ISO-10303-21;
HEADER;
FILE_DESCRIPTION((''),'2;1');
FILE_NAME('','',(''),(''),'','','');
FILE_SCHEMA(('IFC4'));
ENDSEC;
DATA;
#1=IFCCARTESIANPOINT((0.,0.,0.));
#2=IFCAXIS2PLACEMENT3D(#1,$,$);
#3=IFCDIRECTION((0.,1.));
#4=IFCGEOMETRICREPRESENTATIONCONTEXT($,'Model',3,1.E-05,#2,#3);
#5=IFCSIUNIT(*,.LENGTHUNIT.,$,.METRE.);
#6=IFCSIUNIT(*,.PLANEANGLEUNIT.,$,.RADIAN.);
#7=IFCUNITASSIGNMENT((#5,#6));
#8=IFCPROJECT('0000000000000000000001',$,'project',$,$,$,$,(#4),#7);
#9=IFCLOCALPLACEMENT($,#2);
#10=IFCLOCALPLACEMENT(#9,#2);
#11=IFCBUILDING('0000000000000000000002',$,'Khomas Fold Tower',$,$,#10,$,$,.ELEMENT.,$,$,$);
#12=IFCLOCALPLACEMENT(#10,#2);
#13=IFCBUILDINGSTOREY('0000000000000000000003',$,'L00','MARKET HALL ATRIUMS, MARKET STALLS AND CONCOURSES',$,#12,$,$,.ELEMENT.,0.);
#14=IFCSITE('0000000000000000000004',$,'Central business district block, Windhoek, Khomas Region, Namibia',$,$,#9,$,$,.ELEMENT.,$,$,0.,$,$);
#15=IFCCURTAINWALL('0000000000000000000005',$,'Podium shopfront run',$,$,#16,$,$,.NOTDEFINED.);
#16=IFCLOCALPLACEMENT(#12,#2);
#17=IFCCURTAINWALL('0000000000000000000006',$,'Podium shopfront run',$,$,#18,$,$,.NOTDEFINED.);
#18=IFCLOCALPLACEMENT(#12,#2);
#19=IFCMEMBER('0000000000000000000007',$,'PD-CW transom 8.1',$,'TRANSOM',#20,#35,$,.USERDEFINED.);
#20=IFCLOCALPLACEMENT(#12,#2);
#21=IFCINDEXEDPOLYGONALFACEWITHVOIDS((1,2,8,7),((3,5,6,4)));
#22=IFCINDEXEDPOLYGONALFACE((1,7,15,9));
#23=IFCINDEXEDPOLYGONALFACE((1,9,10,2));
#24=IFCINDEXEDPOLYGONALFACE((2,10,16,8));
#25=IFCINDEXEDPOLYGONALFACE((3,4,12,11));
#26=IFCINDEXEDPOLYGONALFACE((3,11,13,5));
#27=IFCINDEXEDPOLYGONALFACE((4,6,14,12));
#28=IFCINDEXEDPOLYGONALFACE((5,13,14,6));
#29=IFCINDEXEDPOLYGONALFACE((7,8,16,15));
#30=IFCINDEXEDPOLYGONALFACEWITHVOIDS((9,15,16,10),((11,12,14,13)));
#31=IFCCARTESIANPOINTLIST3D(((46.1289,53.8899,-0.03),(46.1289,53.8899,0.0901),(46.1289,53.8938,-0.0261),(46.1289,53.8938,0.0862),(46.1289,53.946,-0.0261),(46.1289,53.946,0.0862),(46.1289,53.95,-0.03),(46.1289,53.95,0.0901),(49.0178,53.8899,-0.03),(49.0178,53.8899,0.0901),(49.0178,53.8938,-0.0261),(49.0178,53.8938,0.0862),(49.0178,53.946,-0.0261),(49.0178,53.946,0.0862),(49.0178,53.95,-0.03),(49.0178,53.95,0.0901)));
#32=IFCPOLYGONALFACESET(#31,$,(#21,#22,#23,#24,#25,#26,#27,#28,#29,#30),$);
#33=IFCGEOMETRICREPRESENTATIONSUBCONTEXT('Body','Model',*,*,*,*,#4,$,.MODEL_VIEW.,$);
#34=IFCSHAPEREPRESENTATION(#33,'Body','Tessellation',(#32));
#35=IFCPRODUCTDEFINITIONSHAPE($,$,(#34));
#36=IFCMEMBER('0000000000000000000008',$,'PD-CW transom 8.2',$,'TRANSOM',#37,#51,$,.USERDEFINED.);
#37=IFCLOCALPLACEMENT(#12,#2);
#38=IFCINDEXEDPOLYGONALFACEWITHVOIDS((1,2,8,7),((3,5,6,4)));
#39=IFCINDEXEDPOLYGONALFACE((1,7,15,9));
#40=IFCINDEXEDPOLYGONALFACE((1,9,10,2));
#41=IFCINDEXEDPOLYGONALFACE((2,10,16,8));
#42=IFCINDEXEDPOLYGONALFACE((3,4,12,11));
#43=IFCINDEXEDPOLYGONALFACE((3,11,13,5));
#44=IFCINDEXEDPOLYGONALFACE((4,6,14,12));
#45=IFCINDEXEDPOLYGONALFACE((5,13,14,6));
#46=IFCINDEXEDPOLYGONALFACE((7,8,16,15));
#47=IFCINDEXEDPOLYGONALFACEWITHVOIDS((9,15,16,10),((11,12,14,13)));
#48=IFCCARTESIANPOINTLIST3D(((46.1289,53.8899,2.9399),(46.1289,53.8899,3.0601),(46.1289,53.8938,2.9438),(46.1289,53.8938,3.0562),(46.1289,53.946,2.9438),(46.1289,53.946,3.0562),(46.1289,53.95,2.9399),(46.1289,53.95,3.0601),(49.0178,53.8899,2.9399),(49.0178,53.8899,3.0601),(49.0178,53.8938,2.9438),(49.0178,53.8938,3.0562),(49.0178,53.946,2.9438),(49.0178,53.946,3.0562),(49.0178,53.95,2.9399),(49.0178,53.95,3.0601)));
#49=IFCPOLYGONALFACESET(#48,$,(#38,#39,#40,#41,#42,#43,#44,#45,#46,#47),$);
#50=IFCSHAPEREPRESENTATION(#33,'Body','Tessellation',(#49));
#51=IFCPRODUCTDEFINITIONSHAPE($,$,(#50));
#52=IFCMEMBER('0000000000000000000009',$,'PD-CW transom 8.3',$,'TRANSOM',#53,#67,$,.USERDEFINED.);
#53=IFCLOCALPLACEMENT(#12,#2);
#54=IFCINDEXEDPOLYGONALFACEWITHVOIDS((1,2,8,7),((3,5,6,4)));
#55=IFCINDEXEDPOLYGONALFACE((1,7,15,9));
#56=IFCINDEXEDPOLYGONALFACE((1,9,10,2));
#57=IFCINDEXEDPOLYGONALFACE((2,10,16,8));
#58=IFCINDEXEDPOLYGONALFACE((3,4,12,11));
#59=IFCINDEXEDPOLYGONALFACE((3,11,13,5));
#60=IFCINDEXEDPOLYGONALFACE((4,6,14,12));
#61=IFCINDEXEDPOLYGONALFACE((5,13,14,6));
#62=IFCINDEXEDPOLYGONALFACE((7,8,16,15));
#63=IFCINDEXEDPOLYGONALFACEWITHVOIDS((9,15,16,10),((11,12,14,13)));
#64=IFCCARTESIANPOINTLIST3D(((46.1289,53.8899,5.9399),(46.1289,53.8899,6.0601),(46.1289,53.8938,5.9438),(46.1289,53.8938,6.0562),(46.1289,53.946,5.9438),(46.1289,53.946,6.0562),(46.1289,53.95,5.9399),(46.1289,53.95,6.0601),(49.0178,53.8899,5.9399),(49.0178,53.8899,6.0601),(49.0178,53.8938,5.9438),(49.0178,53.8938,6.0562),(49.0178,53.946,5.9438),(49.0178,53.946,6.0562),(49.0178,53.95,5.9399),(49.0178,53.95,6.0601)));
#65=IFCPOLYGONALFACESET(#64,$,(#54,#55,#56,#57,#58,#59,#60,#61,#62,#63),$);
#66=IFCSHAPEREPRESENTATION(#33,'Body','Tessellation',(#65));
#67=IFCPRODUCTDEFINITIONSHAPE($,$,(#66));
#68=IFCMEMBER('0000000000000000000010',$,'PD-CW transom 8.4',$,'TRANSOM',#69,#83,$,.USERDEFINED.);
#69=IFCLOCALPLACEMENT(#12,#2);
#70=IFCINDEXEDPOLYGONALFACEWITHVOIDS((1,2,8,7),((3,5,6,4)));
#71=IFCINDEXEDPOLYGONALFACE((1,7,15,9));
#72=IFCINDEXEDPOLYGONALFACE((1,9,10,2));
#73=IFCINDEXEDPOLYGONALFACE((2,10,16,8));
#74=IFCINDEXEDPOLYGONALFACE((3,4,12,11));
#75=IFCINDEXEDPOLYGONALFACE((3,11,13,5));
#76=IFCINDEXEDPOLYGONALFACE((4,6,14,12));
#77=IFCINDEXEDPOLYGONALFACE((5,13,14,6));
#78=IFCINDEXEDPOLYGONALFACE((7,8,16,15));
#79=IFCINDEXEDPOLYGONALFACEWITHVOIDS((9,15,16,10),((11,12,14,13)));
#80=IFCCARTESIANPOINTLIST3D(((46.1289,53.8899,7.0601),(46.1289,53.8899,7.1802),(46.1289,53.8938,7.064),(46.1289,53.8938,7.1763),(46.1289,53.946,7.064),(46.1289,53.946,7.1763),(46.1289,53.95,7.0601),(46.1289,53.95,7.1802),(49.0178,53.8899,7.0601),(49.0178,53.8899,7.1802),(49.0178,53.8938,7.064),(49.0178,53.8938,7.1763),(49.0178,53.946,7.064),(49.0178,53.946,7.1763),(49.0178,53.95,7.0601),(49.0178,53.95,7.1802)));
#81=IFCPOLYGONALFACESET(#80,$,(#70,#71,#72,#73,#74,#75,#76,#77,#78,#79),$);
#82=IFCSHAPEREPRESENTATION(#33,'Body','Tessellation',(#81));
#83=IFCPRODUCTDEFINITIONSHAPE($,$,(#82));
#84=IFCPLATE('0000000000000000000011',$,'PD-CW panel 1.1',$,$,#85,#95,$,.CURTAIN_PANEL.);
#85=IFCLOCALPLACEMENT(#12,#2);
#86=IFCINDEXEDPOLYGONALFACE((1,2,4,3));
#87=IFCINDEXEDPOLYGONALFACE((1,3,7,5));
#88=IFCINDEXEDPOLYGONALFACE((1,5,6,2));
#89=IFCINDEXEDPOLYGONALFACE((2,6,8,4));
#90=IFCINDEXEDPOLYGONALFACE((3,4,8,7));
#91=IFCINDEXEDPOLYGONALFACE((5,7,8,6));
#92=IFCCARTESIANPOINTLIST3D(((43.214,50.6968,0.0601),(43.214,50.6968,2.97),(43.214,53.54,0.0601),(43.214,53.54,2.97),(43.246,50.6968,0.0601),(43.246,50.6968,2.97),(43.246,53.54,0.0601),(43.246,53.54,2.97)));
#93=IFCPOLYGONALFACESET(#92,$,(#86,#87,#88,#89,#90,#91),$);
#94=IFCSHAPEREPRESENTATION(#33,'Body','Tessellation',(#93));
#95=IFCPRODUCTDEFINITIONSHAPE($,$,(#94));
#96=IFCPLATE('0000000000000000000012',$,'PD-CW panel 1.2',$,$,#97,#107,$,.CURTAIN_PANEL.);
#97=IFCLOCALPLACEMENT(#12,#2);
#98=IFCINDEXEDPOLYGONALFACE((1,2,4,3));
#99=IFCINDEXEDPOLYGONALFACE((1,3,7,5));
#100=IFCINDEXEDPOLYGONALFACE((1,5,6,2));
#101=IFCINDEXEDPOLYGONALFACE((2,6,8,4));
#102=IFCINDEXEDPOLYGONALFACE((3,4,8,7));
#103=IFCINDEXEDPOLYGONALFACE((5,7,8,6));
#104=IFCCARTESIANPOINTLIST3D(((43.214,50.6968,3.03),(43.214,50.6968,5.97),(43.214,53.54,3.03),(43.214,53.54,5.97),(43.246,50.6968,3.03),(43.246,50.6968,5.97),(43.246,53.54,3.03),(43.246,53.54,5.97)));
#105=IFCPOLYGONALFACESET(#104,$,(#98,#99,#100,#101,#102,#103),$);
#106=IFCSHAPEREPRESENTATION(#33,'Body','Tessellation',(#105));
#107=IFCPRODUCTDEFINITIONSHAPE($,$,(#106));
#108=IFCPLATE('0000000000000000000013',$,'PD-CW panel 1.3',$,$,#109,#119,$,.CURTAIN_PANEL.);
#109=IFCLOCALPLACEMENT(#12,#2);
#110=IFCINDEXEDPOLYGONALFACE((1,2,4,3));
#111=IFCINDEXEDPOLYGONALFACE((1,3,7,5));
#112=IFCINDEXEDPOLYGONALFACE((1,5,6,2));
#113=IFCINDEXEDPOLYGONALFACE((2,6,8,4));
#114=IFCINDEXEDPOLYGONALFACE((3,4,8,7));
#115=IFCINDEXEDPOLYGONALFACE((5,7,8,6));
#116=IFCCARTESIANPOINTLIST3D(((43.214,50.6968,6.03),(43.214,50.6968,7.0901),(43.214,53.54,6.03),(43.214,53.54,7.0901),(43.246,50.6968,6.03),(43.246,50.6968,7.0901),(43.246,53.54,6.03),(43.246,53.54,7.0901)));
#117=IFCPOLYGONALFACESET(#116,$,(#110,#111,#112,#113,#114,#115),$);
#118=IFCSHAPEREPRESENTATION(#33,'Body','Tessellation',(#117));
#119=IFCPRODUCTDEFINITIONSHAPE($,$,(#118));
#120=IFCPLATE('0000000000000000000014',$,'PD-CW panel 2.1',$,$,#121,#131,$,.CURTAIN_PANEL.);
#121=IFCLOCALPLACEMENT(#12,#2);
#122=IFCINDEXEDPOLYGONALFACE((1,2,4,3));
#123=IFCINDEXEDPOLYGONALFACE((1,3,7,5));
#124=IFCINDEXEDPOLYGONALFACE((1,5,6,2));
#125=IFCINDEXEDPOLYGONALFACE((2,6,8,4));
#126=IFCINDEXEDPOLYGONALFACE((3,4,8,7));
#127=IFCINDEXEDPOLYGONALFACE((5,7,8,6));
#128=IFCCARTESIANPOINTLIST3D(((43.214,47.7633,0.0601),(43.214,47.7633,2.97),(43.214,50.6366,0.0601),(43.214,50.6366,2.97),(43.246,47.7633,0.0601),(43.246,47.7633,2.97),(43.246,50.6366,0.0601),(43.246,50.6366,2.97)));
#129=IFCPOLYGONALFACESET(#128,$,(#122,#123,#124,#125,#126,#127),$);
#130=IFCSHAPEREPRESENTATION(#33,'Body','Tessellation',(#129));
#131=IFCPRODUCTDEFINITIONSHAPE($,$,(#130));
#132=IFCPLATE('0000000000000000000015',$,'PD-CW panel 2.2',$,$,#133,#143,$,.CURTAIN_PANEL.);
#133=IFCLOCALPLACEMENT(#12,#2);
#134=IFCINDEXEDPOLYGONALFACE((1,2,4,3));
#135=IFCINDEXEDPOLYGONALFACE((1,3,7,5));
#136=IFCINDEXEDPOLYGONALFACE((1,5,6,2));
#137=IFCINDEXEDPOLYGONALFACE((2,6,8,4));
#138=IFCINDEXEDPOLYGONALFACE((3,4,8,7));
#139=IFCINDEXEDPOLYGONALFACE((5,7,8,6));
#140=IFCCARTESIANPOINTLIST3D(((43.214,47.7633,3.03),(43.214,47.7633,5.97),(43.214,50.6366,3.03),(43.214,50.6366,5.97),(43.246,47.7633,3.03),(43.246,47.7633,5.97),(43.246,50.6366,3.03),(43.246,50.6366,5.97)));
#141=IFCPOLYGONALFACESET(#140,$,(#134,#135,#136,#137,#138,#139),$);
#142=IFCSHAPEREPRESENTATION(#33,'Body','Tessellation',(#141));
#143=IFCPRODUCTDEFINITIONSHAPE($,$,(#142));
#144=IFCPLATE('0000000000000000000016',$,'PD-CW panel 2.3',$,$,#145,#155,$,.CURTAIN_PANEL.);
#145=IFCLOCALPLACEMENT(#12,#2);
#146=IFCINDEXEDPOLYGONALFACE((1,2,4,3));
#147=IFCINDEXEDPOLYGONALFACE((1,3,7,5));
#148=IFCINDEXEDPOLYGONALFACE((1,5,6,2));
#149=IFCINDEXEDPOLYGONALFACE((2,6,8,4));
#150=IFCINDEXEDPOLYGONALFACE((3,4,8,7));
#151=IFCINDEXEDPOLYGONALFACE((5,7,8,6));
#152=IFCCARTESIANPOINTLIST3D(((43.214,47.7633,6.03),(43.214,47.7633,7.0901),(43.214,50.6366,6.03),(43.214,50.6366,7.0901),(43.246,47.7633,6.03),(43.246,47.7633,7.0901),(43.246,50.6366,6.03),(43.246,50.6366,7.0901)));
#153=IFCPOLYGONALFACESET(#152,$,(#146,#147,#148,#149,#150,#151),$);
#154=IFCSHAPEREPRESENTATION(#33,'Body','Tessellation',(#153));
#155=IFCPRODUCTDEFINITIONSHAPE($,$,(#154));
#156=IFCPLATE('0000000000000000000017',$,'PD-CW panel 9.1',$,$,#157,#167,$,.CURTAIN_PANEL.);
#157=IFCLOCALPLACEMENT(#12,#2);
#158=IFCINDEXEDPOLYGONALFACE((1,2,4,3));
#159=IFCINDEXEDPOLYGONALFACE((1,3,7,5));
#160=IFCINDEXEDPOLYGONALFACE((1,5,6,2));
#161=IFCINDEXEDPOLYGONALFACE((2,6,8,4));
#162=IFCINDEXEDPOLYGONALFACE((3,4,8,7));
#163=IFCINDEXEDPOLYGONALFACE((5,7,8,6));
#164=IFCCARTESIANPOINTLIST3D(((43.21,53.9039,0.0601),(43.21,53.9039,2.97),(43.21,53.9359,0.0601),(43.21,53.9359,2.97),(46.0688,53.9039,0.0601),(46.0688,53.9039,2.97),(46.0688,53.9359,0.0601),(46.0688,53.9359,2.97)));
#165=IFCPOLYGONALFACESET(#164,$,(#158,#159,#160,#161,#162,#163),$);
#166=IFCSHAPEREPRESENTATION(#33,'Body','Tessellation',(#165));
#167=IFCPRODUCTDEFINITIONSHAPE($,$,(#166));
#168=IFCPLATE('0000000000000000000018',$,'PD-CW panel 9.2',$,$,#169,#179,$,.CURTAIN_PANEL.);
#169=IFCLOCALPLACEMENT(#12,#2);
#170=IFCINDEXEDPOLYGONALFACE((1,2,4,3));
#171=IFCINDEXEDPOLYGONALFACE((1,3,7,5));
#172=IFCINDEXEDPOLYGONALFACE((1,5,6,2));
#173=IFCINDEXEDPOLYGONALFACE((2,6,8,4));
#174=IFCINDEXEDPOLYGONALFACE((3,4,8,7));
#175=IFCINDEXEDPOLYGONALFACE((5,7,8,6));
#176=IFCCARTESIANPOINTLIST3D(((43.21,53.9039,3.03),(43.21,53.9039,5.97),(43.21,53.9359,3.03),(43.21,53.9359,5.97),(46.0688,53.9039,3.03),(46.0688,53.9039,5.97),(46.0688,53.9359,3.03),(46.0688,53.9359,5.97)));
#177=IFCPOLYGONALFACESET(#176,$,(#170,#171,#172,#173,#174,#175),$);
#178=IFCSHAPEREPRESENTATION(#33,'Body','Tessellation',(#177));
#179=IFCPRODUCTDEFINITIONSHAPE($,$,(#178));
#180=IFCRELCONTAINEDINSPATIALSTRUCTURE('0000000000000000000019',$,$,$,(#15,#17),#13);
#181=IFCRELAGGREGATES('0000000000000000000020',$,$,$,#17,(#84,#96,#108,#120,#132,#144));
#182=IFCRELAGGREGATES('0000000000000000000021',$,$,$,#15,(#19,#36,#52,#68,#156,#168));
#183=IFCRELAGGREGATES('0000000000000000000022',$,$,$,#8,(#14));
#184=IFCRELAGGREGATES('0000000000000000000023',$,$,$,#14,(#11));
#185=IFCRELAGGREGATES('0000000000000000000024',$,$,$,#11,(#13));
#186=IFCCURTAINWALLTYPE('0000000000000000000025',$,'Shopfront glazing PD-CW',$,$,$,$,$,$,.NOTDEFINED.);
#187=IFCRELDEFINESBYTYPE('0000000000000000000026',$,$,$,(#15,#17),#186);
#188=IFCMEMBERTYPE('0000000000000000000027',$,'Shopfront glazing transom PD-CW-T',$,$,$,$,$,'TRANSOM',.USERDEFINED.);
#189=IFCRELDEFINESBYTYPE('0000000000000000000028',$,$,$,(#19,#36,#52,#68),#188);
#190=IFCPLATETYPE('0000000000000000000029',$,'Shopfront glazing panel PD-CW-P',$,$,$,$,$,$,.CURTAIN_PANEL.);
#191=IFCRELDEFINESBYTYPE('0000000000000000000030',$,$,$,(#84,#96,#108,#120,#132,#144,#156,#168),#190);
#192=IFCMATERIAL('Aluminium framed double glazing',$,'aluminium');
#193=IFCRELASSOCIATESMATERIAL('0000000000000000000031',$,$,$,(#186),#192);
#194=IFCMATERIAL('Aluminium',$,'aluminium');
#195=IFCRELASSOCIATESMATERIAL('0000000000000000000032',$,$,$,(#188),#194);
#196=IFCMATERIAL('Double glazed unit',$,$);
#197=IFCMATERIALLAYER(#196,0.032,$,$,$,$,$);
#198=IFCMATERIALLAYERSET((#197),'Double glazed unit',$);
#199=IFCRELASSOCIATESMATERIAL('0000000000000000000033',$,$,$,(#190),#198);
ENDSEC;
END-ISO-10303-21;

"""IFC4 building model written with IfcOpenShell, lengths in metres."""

from ifc_helpers import new_model, si_unit, direction, frame, origin, origin_2d, place, context, subcontext, project, spatial, rectangle, hollow_rectangle, extrude, source, transform, mapped, material, layer, layer_set, material_profile, profile_set, type_object, element, aggregate, save


model = new_model("IFC4")

# Units and contexts
model_context = context("Model", 3, precision=1e-05, world=origin(), true_north=direction((0.0, 1.0)))
body_context = subcontext(model_context, "Body", "Model", "MODEL_VIEW")
ifc_project = project(units=[si_unit("LENGTHUNIT", "METRE"), si_unit("PLANEANGLEUNIT", "RADIAN")], contexts=[model_context])

# Site, building, storey
site_placement = place(None, origin())
site = spatial("IfcSite", under=ifc_project, at=site_placement, Name="Central business district block, Windhoek, Khomas Region, Namibia", CompositionType="ELEMENT", RefElevation=0.0)
building_placement = place(site_placement, origin())
building = spatial("IfcBuilding", under=site, at=building_placement, Name="Khomas Fold Tower", CompositionType="ELEMENT")
storey_placement = place(building_placement, origin())
storey = spatial("IfcBuildingStorey", under=building, at=storey_placement, Name="L00", Description="MARKET HALL ATRIUMS, MARKET STALLS AND CONCOURSES", CompositionType="ELEMENT", Elevation=0.0)

# Curtain walls
ifc_material_1 = material(Name="Aluminium framed double glazing", Category="aluminium")
curtain_wall_type = type_object("IfcCurtainWallType", Name="Shopfront glazing PD-CW", PredefinedType="NOTDEFINED", material=ifc_material_1)
curtain_wall_1_placement = place(storey_placement, origin())
curtain_wall_1 = element("IfcCurtainWall", 1, at=curtain_wall_1_placement, inside=storey, type_object=curtain_wall_type, Name="Podium shopfront run", PredefinedType="NOTDEFINED")
curtain_wall_2_placement = place(storey_placement, origin())
curtain_wall_2 = element("IfcCurtainWall", 2, at=curtain_wall_2_placement, inside=storey, type_object=curtain_wall_type, Name="Podium shopfront run", PredefinedType="NOTDEFINED")
ifc_material_2 = material(Name="Aluminium", Category="aluminium")
ifc_material_profile_1 = material_profile(ifc_material_2, hollow_rectangle(XDim=0.0601, YDim=0.1201, WallThickness=0.0039, at=origin_2d()), Name="Shopfront glazing transom PD-CW-T")
ifc_profile_set_1 = profile_set([ifc_material_profile_1], Name="Aluminium")
member_type_1 = type_object("IfcMemberType", Name="Shopfront glazing transom PD-CW-T", ElementType="TRANSOM", PredefinedType="USERDEFINED", material=ifc_profile_set_1)

# Members
shared_shape_1 = source(origin(), body_context, "Body", "SweptSolid", [
    extrude(hollow_rectangle(XDim=0.0601, YDim=0.1201, WallThickness=0.0039, at=origin_2d()), origin(), (0.0, 0.0, 1.0), 2.8889),
])
member_1_placement = place(storey_placement, frame((49.0178, 53.9199, 0.03), z_axis=(-1.0, 0.0, 0.0), x_axis=(0.0, -1.0, 0.0)))
member_1 = element("IfcMember", 3, at=member_1_placement, type_object=member_type_1, Name="PD-CW transom 8.1", ObjectType="TRANSOM", PredefinedType="USERDEFINED", context=body_context, shape_type="MappedRepresentation", body=[
    mapped(shared_shape_1, transform((0.0, 0.0, 0.0))),
])
member_2_placement = place(storey_placement, frame((49.0178, 53.9199, 3.0), z_axis=(-1.0, 0.0, 0.0), x_axis=(0.0, -1.0, 0.0)))
member_2 = element("IfcMember", 4, at=member_2_placement, type_object=member_type_1, Name="PD-CW transom 8.2", ObjectType="TRANSOM", PredefinedType="USERDEFINED", context=body_context, shape_type="MappedRepresentation", body=[
    mapped(shared_shape_1, transform((0.0, 0.0, 0.0))),
])
member_3_placement = place(storey_placement, frame((49.0178, 53.9199, 6.0), z_axis=(-1.0, 0.0, 0.0), x_axis=(0.0, -1.0, 0.0)))
member_3 = element("IfcMember", 5, at=member_3_placement, type_object=member_type_1, Name="PD-CW transom 8.3", ObjectType="TRANSOM", PredefinedType="USERDEFINED", context=body_context, shape_type="MappedRepresentation", body=[
    mapped(shared_shape_1, transform((0.0, 0.0, 0.0))),
])
member_4_placement = place(storey_placement, frame((49.0178, 53.9199, 7.1201), z_axis=(-1.0, 0.0, 0.0), x_axis=(0.0, -1.0, 0.0)))
member_4 = element("IfcMember", 6, at=member_4_placement, type_object=member_type_1, Name="PD-CW transom 8.4", ObjectType="TRANSOM", PredefinedType="USERDEFINED", context=body_context, shape_type="MappedRepresentation", body=[
    mapped(shared_shape_1, transform((0.0, 0.0, 0.0))),
])

# Plates
ifc_material_3 = material(Name="Double glazed unit")
ifc_layer = layer(ifc_material_3, 0.032)
ifc_layer_set = layer_set([ifc_layer], Name="Double glazed unit")
plate_type = type_object("IfcPlateType", Name="Shopfront glazing panel PD-CW-P", PredefinedType="CURTAIN_PANEL", material=ifc_layer_set)
shared_shape_2 = source(origin(), body_context, "Body", "SweptSolid", [
    extrude(rectangle(XDim=2.8433, YDim=0.032, at=origin_2d()), origin(), (0.0, 0.0, 1.0), 2.9099),
])
plate_1_placement = place(storey_placement, frame((43.23, 52.1184, 0.0601), z_axis=(0.0, 0.0, 1.0), x_axis=(0.0, -1.0, 0.0)))
plate_1 = element("IfcPlate", 7, at=plate_1_placement, type_object=plate_type, Name="PD-CW panel 1.1", PredefinedType="CURTAIN_PANEL", context=body_context, shape_type="MappedRepresentation", body=[
    mapped(shared_shape_2, transform((0.0, 0.0, 0.0))),
])
shared_shape_3 = source(origin(), body_context, "Body", "SweptSolid", [
    extrude(rectangle(XDim=2.8433, YDim=0.032, at=origin_2d()), origin(), (0.0, 0.0, 1.0), 2.9399),
])
plate_2_placement = place(storey_placement, frame((43.23, 52.1184, 3.03), z_axis=(0.0, 0.0, 1.0), x_axis=(0.0, -1.0, 0.0)))
plate_2 = element("IfcPlate", 8, at=plate_2_placement, type_object=plate_type, Name="PD-CW panel 1.2", PredefinedType="CURTAIN_PANEL", context=body_context, shape_type="MappedRepresentation", body=[
    mapped(shared_shape_3, transform((0.0, 0.0, 0.0))),
])
shared_shape_4 = source(origin(), body_context, "Body", "SweptSolid", [
    extrude(rectangle(XDim=2.8433, YDim=0.032, at=origin_2d()), origin(), (0.0, 0.0, 1.0), 1.0601),
])
plate_3_placement = place(storey_placement, frame((43.23, 52.1184, 6.03), z_axis=(0.0, 0.0, 1.0), x_axis=(0.0, -1.0, 0.0)))
plate_3 = element("IfcPlate", 9, at=plate_3_placement, type_object=plate_type, Name="PD-CW panel 1.3", PredefinedType="CURTAIN_PANEL", context=body_context, shape_type="MappedRepresentation", body=[
    mapped(shared_shape_4, transform((0.0, 0.0, 0.0))),
])
shared_shape_5 = source(origin(), body_context, "Body", "SweptSolid", [
    extrude(rectangle(XDim=2.8733, YDim=0.032, at=origin_2d()), origin(), (0.0, 0.0, 1.0), 2.9099),
])
plate_4_placement = place(storey_placement, frame((43.23, 49.2, 0.0601), z_axis=(0.0, 0.0, 1.0), x_axis=(0.0, -1.0, 0.0)))
plate_4 = element("IfcPlate", 10, at=plate_4_placement, type_object=plate_type, Name="PD-CW panel 2.1", PredefinedType="CURTAIN_PANEL", context=body_context, shape_type="MappedRepresentation", body=[
    mapped(shared_shape_5, transform((0.0, 0.0, 0.0))),
])
shared_shape_6 = source(origin(), body_context, "Body", "SweptSolid", [
    extrude(rectangle(XDim=2.8733, YDim=0.032, at=origin_2d()), origin(), (0.0, 0.0, 1.0), 2.9399),
])
plate_5_placement = place(storey_placement, frame((43.23, 49.2, 3.03), z_axis=(0.0, 0.0, 1.0), x_axis=(0.0, -1.0, 0.0)))
plate_5 = element("IfcPlate", 11, at=plate_5_placement, type_object=plate_type, Name="PD-CW panel 2.2", PredefinedType="CURTAIN_PANEL", context=body_context, shape_type="MappedRepresentation", body=[
    mapped(shared_shape_6, transform((0.0, 0.0, 0.0))),
])
shared_shape_7 = source(origin(), body_context, "Body", "SweptSolid", [
    extrude(rectangle(XDim=2.8733, YDim=0.032, at=origin_2d()), origin(), (0.0, 0.0, 1.0), 1.0601),
])
plate_6_placement = place(storey_placement, frame((43.23, 49.2, 6.03), z_axis=(0.0, 0.0, 1.0), x_axis=(0.0, -1.0, 0.0)))
plate_6 = element("IfcPlate", 12, at=plate_6_placement, type_object=plate_type, Name="PD-CW panel 2.3", PredefinedType="CURTAIN_PANEL", context=body_context, shape_type="MappedRepresentation", body=[
    mapped(shared_shape_7, transform((0.0, 0.0, 0.0))),
])
aggregate(curtain_wall_2, [plate_1, plate_2, plate_3, plate_4, plate_5, plate_6])
shared_shape_8 = source(origin(), body_context, "Body", "SweptSolid", [
    extrude(rectangle(XDim=2.8589, YDim=0.032, at=origin_2d()), origin(), (0.0, 0.0, 1.0), 2.9099),
])
plate_7_placement = place(storey_placement, frame((44.6394, 53.9199, 0.0601), z_axis=(0.0, 0.0, 1.0), x_axis=(-1.0, 0.0, 0.0)))
plate_7 = element("IfcPlate", 13, at=plate_7_placement, type_object=plate_type, Name="PD-CW panel 9.1", PredefinedType="CURTAIN_PANEL", context=body_context, shape_type="MappedRepresentation", body=[
    mapped(shared_shape_8, transform((0.0, 0.0, 0.0))),
])
shared_shape_9 = source(origin(), body_context, "Body", "SweptSolid", [
    extrude(rectangle(XDim=2.8589, YDim=0.032, at=origin_2d()), origin(), (0.0, 0.0, 1.0), 2.9399),
])
plate_8_placement = place(storey_placement, frame((44.6394, 53.9199, 3.03), z_axis=(0.0, 0.0, 1.0), x_axis=(-1.0, 0.0, 0.0)))
plate_8 = element("IfcPlate", 14, at=plate_8_placement, type_object=plate_type, Name="PD-CW panel 9.2", PredefinedType="CURTAIN_PANEL", context=body_context, shape_type="MappedRepresentation", body=[
    mapped(shared_shape_9, transform((0.0, 0.0, 0.0))),
])
aggregate(curtain_wall_1, [member_1, member_2, member_3, member_4, plate_7, plate_8])

save(model, "model.ifc")
